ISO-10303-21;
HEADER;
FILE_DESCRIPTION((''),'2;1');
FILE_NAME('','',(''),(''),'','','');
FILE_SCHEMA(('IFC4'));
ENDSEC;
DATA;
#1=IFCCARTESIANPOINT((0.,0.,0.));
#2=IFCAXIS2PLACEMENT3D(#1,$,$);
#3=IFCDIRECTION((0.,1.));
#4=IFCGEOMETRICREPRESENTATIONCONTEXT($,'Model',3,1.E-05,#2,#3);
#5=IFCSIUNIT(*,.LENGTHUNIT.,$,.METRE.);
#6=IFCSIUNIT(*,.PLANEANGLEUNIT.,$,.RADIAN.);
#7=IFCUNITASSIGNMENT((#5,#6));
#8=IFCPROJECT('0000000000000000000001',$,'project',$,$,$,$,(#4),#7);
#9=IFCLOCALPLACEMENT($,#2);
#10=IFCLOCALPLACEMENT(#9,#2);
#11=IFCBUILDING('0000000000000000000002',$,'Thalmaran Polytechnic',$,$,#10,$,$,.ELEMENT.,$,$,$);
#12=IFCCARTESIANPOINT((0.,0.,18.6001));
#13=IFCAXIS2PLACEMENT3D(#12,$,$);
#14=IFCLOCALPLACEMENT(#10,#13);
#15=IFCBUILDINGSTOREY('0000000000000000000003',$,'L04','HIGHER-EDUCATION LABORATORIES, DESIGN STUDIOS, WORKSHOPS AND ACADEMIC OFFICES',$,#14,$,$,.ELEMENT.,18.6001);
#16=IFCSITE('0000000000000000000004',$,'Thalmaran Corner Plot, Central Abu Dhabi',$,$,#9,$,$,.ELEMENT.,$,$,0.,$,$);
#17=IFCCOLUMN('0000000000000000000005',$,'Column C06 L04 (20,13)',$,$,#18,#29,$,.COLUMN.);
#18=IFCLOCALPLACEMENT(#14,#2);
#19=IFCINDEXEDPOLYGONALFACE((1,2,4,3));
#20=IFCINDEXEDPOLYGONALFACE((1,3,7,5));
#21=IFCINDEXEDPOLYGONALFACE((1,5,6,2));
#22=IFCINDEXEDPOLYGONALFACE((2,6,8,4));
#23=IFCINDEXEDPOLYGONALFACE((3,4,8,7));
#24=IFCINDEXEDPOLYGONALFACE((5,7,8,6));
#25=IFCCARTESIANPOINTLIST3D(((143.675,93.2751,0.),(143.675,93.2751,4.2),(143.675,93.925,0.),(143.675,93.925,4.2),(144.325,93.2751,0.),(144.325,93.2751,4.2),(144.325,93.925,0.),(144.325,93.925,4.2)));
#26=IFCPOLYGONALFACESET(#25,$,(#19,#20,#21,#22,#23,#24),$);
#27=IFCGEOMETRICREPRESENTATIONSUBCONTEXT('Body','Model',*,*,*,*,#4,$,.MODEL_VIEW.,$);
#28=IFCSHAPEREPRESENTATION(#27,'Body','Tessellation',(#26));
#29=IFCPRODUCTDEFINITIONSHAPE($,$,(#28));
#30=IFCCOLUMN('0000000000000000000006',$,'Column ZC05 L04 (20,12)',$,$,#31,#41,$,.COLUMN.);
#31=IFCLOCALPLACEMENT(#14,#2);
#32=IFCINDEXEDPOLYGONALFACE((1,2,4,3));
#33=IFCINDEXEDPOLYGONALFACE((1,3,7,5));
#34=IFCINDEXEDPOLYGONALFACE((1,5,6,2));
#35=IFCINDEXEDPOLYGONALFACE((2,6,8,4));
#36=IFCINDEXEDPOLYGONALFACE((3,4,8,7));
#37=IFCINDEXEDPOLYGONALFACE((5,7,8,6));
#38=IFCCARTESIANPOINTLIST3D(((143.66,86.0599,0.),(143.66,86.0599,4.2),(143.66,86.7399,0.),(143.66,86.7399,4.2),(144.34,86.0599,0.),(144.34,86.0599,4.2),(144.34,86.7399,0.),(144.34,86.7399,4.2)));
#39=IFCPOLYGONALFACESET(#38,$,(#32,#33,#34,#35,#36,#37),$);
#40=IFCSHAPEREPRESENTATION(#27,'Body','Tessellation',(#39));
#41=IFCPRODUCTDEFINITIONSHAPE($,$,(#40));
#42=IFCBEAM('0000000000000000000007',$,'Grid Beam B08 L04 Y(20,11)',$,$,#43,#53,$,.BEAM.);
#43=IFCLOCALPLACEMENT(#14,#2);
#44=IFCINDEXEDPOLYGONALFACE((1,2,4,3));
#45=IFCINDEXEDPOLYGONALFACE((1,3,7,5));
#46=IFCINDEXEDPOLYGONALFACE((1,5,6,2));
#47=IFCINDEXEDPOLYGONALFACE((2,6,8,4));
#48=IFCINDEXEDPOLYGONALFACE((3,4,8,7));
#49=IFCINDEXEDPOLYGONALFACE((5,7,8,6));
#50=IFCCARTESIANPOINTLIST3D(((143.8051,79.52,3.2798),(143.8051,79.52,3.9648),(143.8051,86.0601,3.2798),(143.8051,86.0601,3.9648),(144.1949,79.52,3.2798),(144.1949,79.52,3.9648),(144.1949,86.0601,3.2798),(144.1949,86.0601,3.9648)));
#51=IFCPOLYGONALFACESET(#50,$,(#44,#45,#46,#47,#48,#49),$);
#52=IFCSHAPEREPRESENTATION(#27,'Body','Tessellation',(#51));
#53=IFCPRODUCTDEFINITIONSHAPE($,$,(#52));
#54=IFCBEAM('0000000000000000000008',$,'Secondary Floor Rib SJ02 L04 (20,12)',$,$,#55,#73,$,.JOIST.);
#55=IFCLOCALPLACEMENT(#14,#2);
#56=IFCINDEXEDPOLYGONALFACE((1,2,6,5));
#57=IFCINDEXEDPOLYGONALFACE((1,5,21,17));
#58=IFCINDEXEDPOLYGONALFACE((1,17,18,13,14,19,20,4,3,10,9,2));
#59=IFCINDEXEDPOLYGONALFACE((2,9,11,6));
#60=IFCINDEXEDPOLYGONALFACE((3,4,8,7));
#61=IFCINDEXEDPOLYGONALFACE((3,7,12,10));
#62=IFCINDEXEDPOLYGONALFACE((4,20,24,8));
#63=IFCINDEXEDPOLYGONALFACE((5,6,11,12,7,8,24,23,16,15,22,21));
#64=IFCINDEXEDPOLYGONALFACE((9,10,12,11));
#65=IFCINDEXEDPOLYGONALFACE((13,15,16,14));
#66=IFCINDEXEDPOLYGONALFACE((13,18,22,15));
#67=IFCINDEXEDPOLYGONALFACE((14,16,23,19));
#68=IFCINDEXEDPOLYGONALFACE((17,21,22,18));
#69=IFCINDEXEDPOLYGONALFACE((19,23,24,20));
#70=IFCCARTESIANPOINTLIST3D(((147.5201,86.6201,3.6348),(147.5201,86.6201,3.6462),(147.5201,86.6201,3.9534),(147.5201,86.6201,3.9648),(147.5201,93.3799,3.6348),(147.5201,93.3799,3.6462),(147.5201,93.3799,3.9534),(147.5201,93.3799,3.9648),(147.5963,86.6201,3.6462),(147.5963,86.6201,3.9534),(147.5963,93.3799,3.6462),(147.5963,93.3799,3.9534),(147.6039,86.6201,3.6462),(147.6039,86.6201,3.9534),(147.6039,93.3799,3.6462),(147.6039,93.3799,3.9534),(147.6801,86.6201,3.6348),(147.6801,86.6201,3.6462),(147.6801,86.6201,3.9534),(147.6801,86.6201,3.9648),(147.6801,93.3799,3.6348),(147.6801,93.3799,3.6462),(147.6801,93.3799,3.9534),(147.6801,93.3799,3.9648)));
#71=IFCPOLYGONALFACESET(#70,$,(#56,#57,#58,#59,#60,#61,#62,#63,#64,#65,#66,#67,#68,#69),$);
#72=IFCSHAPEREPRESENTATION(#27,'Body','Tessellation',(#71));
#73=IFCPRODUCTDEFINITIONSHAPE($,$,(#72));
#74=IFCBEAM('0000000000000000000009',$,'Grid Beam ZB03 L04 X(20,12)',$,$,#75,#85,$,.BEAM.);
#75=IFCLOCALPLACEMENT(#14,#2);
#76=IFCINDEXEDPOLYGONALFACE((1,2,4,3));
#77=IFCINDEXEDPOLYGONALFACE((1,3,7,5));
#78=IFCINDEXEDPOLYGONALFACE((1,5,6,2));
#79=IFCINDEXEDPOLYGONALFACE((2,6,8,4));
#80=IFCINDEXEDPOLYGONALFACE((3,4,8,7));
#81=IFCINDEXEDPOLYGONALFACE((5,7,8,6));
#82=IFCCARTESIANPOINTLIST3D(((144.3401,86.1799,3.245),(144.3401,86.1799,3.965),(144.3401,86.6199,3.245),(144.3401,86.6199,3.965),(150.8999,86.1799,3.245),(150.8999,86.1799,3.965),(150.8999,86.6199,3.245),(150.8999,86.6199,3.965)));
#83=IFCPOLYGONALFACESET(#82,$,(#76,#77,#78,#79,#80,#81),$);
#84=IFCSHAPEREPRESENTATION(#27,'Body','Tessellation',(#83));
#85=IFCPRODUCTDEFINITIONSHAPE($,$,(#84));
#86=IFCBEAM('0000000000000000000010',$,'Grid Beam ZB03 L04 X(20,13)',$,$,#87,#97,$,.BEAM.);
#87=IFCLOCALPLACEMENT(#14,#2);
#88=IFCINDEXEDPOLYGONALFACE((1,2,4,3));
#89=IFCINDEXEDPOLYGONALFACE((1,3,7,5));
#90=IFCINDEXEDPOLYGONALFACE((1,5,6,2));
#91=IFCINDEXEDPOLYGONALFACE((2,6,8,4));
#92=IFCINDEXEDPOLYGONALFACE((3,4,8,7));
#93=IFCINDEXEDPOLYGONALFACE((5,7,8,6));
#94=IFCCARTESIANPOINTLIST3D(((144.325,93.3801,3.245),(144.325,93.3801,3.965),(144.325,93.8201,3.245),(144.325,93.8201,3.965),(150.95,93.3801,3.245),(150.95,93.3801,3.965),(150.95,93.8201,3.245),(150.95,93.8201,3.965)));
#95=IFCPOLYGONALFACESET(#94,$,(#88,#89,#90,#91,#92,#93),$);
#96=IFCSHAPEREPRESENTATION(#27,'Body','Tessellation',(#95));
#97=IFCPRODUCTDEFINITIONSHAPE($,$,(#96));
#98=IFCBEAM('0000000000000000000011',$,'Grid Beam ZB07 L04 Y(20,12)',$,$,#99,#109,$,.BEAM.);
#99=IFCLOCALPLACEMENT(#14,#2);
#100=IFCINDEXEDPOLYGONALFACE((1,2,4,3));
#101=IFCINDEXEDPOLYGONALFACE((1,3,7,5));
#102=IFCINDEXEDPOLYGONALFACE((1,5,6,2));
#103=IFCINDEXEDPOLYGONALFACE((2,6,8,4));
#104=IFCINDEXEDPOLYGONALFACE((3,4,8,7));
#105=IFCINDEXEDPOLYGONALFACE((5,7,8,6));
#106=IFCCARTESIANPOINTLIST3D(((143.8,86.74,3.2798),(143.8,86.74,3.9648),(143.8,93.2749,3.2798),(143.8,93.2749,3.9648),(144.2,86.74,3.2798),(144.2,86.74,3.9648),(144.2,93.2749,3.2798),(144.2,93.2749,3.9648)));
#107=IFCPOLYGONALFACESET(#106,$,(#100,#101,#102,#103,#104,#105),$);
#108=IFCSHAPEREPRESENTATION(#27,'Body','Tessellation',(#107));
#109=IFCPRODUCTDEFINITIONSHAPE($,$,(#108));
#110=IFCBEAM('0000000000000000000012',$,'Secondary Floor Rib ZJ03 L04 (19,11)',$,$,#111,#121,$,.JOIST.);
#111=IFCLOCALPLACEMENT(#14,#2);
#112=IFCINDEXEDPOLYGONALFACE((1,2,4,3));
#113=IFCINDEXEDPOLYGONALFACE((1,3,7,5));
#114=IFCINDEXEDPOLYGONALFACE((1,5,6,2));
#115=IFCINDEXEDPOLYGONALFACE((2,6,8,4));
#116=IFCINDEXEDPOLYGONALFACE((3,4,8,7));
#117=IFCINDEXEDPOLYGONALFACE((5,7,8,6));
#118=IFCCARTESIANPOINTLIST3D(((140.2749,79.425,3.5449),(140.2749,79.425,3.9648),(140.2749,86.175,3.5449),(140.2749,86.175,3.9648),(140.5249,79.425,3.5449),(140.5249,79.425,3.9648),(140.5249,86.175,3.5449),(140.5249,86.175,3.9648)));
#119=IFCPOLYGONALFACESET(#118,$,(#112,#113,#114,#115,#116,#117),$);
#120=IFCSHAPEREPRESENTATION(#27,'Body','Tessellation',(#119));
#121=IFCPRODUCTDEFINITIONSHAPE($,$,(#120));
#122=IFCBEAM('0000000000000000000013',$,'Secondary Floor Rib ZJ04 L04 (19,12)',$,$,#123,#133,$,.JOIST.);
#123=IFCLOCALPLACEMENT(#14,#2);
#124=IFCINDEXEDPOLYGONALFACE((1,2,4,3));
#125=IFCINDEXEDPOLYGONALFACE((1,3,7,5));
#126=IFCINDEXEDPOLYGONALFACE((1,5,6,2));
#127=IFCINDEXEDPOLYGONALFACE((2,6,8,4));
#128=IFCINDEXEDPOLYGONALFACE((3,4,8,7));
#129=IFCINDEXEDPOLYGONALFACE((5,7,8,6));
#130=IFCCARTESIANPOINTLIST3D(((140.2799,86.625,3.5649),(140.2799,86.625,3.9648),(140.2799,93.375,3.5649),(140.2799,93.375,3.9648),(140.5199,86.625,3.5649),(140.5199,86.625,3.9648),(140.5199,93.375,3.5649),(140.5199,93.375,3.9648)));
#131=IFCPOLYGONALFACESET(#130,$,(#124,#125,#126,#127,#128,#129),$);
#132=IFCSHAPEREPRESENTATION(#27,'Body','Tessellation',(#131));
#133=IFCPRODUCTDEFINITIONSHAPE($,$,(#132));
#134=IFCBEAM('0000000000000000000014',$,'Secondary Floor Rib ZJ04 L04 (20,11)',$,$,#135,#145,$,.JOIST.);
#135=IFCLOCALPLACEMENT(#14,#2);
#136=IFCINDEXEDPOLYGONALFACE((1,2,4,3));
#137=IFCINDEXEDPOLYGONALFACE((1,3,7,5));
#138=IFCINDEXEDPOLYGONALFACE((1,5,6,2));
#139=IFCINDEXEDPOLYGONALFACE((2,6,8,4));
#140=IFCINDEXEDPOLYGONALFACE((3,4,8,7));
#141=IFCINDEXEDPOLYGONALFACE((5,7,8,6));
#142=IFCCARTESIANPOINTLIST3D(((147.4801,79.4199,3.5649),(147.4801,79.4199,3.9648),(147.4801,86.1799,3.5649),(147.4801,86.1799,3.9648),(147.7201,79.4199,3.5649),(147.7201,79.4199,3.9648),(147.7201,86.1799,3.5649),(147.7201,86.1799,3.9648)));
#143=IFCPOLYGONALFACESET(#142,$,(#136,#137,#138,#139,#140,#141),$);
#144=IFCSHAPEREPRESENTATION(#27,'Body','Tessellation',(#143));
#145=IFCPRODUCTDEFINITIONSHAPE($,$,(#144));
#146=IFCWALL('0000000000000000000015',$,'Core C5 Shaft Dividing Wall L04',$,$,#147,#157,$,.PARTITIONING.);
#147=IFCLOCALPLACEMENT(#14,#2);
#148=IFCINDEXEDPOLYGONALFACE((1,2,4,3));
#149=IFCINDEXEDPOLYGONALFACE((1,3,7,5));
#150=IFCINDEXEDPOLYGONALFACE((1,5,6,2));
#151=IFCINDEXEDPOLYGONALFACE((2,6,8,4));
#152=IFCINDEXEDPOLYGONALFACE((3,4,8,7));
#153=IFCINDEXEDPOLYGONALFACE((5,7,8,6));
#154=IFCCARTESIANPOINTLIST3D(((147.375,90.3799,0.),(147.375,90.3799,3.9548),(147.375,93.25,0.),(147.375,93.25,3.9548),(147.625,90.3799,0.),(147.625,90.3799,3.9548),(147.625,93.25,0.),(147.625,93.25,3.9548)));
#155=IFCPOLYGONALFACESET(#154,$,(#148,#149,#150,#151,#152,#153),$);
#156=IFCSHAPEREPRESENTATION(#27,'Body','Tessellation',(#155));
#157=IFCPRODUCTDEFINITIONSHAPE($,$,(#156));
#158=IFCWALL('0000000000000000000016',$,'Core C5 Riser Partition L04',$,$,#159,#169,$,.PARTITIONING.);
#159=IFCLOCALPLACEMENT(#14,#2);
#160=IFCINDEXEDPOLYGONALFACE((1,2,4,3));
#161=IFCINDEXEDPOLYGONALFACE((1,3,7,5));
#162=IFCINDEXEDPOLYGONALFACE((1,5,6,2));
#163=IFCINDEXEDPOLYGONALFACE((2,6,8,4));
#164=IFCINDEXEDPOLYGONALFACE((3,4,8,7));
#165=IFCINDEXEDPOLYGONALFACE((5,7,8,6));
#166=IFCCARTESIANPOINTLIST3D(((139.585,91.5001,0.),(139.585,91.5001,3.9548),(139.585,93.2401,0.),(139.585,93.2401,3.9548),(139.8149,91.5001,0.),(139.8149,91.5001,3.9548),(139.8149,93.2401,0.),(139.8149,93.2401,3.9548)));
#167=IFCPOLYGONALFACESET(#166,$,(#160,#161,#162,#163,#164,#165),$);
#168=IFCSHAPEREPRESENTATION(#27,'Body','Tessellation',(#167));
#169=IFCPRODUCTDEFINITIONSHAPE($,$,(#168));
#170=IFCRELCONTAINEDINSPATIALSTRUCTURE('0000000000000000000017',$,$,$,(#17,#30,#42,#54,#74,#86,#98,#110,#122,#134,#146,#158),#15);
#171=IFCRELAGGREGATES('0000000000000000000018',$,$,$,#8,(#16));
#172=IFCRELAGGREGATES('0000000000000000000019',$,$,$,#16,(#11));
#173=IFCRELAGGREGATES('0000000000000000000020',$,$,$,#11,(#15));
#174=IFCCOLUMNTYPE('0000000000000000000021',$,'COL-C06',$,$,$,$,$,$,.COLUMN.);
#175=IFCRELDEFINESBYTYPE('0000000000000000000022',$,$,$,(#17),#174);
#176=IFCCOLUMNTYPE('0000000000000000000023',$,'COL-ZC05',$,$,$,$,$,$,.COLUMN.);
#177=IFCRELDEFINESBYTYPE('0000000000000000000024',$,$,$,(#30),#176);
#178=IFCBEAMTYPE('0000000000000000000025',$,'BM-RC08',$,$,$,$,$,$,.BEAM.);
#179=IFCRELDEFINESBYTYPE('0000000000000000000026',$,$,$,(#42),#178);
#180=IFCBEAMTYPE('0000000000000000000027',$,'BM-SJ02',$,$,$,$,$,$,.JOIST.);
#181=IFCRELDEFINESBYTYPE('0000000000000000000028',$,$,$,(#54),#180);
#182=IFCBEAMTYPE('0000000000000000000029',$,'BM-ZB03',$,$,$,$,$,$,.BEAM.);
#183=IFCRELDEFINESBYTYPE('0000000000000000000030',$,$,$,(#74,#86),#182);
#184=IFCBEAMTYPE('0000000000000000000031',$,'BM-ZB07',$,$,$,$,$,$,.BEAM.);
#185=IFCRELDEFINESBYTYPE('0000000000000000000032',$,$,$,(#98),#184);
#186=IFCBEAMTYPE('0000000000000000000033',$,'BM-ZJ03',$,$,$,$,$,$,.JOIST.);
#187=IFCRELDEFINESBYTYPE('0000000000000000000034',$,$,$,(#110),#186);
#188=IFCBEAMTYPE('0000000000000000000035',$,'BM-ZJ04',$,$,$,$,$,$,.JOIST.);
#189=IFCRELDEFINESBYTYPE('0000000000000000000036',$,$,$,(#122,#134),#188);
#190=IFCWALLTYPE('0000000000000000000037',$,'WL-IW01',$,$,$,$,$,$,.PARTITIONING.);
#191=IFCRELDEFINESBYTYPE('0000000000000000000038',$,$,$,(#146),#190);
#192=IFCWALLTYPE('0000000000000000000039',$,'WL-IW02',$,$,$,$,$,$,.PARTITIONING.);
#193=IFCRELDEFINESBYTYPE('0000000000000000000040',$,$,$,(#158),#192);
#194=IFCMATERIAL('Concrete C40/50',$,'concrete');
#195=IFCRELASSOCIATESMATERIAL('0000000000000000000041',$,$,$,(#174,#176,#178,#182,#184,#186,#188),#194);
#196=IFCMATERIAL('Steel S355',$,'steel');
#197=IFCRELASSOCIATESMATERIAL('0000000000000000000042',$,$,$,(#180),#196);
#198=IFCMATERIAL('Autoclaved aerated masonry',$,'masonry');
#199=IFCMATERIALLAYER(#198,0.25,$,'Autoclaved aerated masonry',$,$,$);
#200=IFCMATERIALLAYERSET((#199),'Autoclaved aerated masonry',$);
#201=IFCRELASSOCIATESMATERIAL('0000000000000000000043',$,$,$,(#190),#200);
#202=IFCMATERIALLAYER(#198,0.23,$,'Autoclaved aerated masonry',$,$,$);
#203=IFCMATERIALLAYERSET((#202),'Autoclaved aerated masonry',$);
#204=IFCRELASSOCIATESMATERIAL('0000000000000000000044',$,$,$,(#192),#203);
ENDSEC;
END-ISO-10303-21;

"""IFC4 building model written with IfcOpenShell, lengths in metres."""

from ifc_helpers import new_model, si_unit, direction, frame, frame_2d, origin, origin_2d, place, context, subcontext, project, spatial, rectangle, i_section, extrude, material, layer, layer_set, material_profile, profile_set, type_object, element, save


model = new_model("IFC4")

# Units and contexts
model_context = context("Model", 3, precision=1e-05, world=origin(), true_north=direction((0.0, 1.0)))
body_context = subcontext(model_context, "Body", "Model", "MODEL_VIEW")
ifc_project = project(units=[si_unit("LENGTHUNIT", "METRE"), si_unit("PLANEANGLEUNIT", "RADIAN")], contexts=[model_context])

# Site, building, storey
site_placement = place(None, origin())
site = spatial("IfcSite", under=ifc_project, at=site_placement, Name="Thalmaran Corner Plot, Central Abu Dhabi", CompositionType="ELEMENT", RefElevation=0.0)
building_placement = place(site_placement, origin())
building = spatial("IfcBuilding", under=site, at=building_placement, Name="Thalmaran Polytechnic", CompositionType="ELEMENT")
storey_placement = place(building_placement, frame((0.0, 0.0, 18.6001)))
storey = spatial("IfcBuildingStorey", under=building, at=storey_placement, Name="L04", Description="HIGHER-EDUCATION LABORATORIES, DESIGN STUDIOS, WORKSHOPS AND ACADEMIC OFFICES", CompositionType="ELEMENT", Elevation=18.6001)

# Columns
ifc_material_1 = material(Name="Concrete C40/50", Category="concrete")
ifc_material_profile_1 = material_profile(ifc_material_1, rectangle(XDim=0.6499, YDim=0.6499, at=origin_2d()), Name="RC 650x650")
ifc_profile_set_1 = profile_set([ifc_material_profile_1], Name="Concrete C40/50")
column_type_1 = type_object("IfcColumnType", Name="COL-C06", PredefinedType="COLUMN", material=ifc_profile_set_1)
column_1_placement = place(storey_placement, frame((144.0, 93.6001, 0.0), z_axis=(0.0, 0.0, 1.0), x_axis=(1.0, 0.0, 0.0)))
element("IfcColumn", 1, at=column_1_placement, inside=storey, type_object=column_type_1, Name="Column C06 L04 (20,13)", PredefinedType="COLUMN", context=body_context, shape_type="SweptSolid", body=[
    extrude(rectangle(XDim=0.6499, YDim=0.6499, at=origin_2d()), origin(), (0.0, 0.0, 1.0), 4.2),
])
ifc_material_profile_2 = material_profile(ifc_material_1, rectangle(XDim=0.6799, YDim=0.6799, at=origin_2d()), Name="RC 680x680")
ifc_profile_set_2 = profile_set([ifc_material_profile_2], Name="Concrete C40/50")
column_type_2 = type_object("IfcColumnType", Name="COL-ZC05", PredefinedType="COLUMN", material=ifc_profile_set_2)
column_2_placement = place(storey_placement, frame((144.0, 86.3999, 0.0), z_axis=(0.0, 0.0, 1.0), x_axis=(1.0, 0.0, 0.0)))
element("IfcColumn", 2, at=column_2_placement, inside=storey, type_object=column_type_2, Name="Column ZC05 L04 (20,12)", PredefinedType="COLUMN", context=body_context, shape_type="SweptSolid", body=[
    extrude(rectangle(XDim=0.6799, YDim=0.6799, at=origin_2d()), origin(), (0.0, 0.0, 1.0), 4.2),
])

# Beams
ifc_material_profile_3 = material_profile(ifc_material_1, rectangle(XDim=0.3899, YDim=0.6851, at=origin_2d()), Name="RC 390x685")
ifc_profile_set_3 = profile_set([ifc_material_profile_3], Name="Concrete C40/50")
beam_type_1 = type_object("IfcBeamType", Name="BM-RC08", PredefinedType="BEAM", material=ifc_profile_set_3)
beam_1_placement = place(storey_placement, frame((144.0, 79.52, 3.6223), z_axis=(0.0, 1.0, 0.0), x_axis=(-1.0, 0.0, 0.0)))
element("IfcBeam", 3, at=beam_1_placement, inside=storey, type_object=beam_type_1, Name="Grid Beam B08 L04 Y(20,11)", PredefinedType="BEAM", context=body_context, shape_type="SweptSolid", body=[
    extrude(rectangle(XDim=0.3899, YDim=0.6851, at=origin_2d()), origin(), (0.0, 0.0, 1.0), 6.54),
])
ifc_material_2 = material(Name="Steel S355", Category="steel")
ifc_material_profile_4 = material_profile(ifc_material_2, i_section(OverallWidth=0.1599, OverallDepth=0.3301, WebThickness=0.0076, FlangeThickness=0.0115, at=origin_2d()), Name="IPE 330")
ifc_profile_set_4 = profile_set([ifc_material_profile_4], Name="Steel S355")
beam_type_2 = type_object("IfcBeamType", Name="BM-SJ02", PredefinedType="JOIST", material=ifc_profile_set_4)
beam_2_placement = place(storey_placement, frame((147.6001, 86.6201, 3.7998), z_axis=(0.0, 1.0, 0.0), x_axis=(-1.0, 0.0, 0.0)))
element("IfcBeam", 4, at=beam_2_placement, inside=storey, type_object=beam_type_2, Name="Secondary Floor Rib SJ02 L04 (20,12)", PredefinedType="JOIST", context=body_context, shape_type="SweptSolid", body=[
    extrude(i_section(OverallWidth=0.1599, OverallDepth=0.3301, WebThickness=0.0076, FlangeThickness=0.0115, at=origin_2d()), origin(), (0.0, 0.0, 1.0), 6.7598),
])
ifc_material_profile_5 = material_profile(ifc_material_1, rectangle(XDim=0.4399, YDim=0.72, at=origin_2d()), Name="RC 440x720")
ifc_profile_set_5 = profile_set([ifc_material_profile_5], Name="Concrete C40/50")
beam_type_3 = type_object("IfcBeamType", Name="BM-ZB03", PredefinedType="BEAM", material=ifc_profile_set_5)
beam_3_placement = place(storey_placement, frame((144.3401, 86.3999, 3.605), z_axis=(1.0, 0.0, 0.0), x_axis=(0.0, 1.0, 0.0)))
element("IfcBeam", 5, at=beam_3_placement, inside=storey, type_object=beam_type_3, Name="Grid Beam ZB03 L04 X(20,12)", PredefinedType="BEAM", context=body_context, shape_type="SweptSolid", body=[
    extrude(rectangle(XDim=0.4399, YDim=0.72, at=origin_2d()), origin(), (0.0, 0.0, 1.0), 6.5598),
])
beam_4_placement = place(storey_placement, frame((144.325, 93.6001, 3.605), z_axis=(1.0, 0.0, 0.0), x_axis=(0.0, 1.0, 0.0)))
element("IfcBeam", 6, at=beam_4_placement, inside=storey, type_object=beam_type_3, Name="Grid Beam ZB03 L04 X(20,13)", PredefinedType="BEAM", context=body_context, shape_type="SweptSolid", body=[
    extrude(rectangle(XDim=0.4399, YDim=0.72, at=origin_2d()), origin(), (0.0, 0.0, 1.0), 6.625),
])
ifc_material_profile_6 = material_profile(ifc_material_1, rectangle(XDim=0.3999, YDim=0.6851, at=origin_2d()), Name="RC 400x685")
ifc_profile_set_6 = profile_set([ifc_material_profile_6], Name="Concrete C40/50")
beam_type_4 = type_object("IfcBeamType", Name="BM-ZB07", PredefinedType="BEAM", material=ifc_profile_set_6)
beam_5_placement = place(storey_placement, frame((144.0, 86.74, 3.6223), z_axis=(0.0, 1.0, 0.0), x_axis=(-1.0, 0.0, 0.0)))
element("IfcBeam", 7, at=beam_5_placement, inside=storey, type_object=beam_type_4, Name="Grid Beam ZB07 L04 Y(20,12)", PredefinedType="BEAM", context=body_context, shape_type="SweptSolid", body=[
    extrude(rectangle(XDim=0.3999, YDim=0.6851, at=origin_2d()), origin(), (0.0, 0.0, 1.0), 6.5349),
])
ifc_material_profile_7 = material_profile(ifc_material_1, rectangle(XDim=0.25, YDim=0.4199, at=origin_2d()), Name="RC 250x420")
ifc_profile_set_7 = profile_set([ifc_material_profile_7], Name="Concrete C40/50")
beam_type_5 = type_object("IfcBeamType", Name="BM-ZJ03", PredefinedType="JOIST", material=ifc_profile_set_7)
beam_6_placement = place(storey_placement, frame((140.3999, 79.425, 3.7549), z_axis=(0.0, 1.0, 0.0), x_axis=(-1.0, 0.0, 0.0)))
element("IfcBeam", 8, at=beam_6_placement, inside=storey, type_object=beam_type_5, Name="Secondary Floor Rib ZJ03 L04 (19,11)", PredefinedType="JOIST", context=body_context, shape_type="SweptSolid", body=[
    extrude(rectangle(XDim=0.25, YDim=0.4199, at=origin_2d()), origin(), (0.0, 0.0, 1.0), 6.75),
])
ifc_material_profile_8 = material_profile(ifc_material_1, rectangle(XDim=0.24, YDim=0.3999, at=origin_2d()), Name="RC 240x400")
ifc_profile_set_8 = profile_set([ifc_material_profile_8], Name="Concrete C40/50")
beam_type_6 = type_object("IfcBeamType", Name="BM-ZJ04", PredefinedType="JOIST", material=ifc_profile_set_8)
beam_7_placement = place(storey_placement, frame((140.3999, 86.625, 3.7649), z_axis=(0.0, 1.0, 0.0), x_axis=(-1.0, 0.0, 0.0)))
element("IfcBeam", 9, at=beam_7_placement, inside=storey, type_object=beam_type_6, Name="Secondary Floor Rib ZJ04 L04 (19,12)", PredefinedType="JOIST", context=body_context, shape_type="SweptSolid", body=[
    extrude(rectangle(XDim=0.24, YDim=0.3999, at=origin_2d()), origin(), (0.0, 0.0, 1.0), 6.75),
])
beam_8_placement = place(storey_placement, frame((147.6001, 79.4199, 3.7649), z_axis=(0.0, 1.0, 0.0), x_axis=(-1.0, 0.0, 0.0)))
element("IfcBeam", 10, at=beam_8_placement, inside=storey, type_object=beam_type_6, Name="Secondary Floor Rib ZJ04 L04 (20,11)", PredefinedType="JOIST", context=body_context, shape_type="SweptSolid", body=[
    extrude(rectangle(XDim=0.24, YDim=0.3999, at=origin_2d()), origin(), (0.0, 0.0, 1.0), 6.76),
])

# Walls
ifc_material_3 = material(Name="Autoclaved aerated masonry", Category="masonry")
ifc_layer_1 = layer(ifc_material_3, 0.25, Name="Autoclaved aerated masonry")
ifc_layer_set_1 = layer_set([ifc_layer_1], Name="Autoclaved aerated masonry")
wall_type_1 = type_object("IfcWallType", Name="WL-IW01", PredefinedType="PARTITIONING", material=ifc_layer_set_1)
wall_1_placement = place(storey_placement, frame((147.5, 90.3799, 0.0), z_axis=(0.0, 0.0, 1.0), x_axis=(0.0, 1.0, 0.0)))
element("IfcWall", 11, at=wall_1_placement, inside=storey, type_object=wall_type_1, Name="Core C5 Shaft Dividing Wall L04", PredefinedType="PARTITIONING", context=body_context, shape_type="SweptSolid", body=[
    extrude(rectangle(XDim=2.8701, YDim=0.25, at=frame_2d((1.4351, 0.0))), origin(), (0.0, 0.0, 1.0), 3.9548),
])
ifc_layer_2 = layer(ifc_material_3, 0.23, Name="Autoclaved aerated masonry")
ifc_layer_set_2 = layer_set([ifc_layer_2], Name="Autoclaved aerated masonry")
wall_type_2 = type_object("IfcWallType", Name="WL-IW02", PredefinedType="PARTITIONING", material=ifc_layer_set_2)
wall_2_placement = place(storey_placement, frame((139.7, 91.5, 0.0), z_axis=(0.0, 0.0, 1.0), x_axis=(0.0, 1.0, 0.0)))
element("IfcWall", 12, at=wall_2_placement, inside=storey, type_object=wall_type_2, Name="Core C5 Riser Partition L04", PredefinedType="PARTITIONING", context=body_context, shape_type="SweptSolid", body=[
    extrude(rectangle(XDim=1.74, YDim=0.23, at=frame_2d((0.8701, 0.0))), origin(), (0.0, 0.0, 1.0), 3.9548),
])

save(model, "model.ifc")
